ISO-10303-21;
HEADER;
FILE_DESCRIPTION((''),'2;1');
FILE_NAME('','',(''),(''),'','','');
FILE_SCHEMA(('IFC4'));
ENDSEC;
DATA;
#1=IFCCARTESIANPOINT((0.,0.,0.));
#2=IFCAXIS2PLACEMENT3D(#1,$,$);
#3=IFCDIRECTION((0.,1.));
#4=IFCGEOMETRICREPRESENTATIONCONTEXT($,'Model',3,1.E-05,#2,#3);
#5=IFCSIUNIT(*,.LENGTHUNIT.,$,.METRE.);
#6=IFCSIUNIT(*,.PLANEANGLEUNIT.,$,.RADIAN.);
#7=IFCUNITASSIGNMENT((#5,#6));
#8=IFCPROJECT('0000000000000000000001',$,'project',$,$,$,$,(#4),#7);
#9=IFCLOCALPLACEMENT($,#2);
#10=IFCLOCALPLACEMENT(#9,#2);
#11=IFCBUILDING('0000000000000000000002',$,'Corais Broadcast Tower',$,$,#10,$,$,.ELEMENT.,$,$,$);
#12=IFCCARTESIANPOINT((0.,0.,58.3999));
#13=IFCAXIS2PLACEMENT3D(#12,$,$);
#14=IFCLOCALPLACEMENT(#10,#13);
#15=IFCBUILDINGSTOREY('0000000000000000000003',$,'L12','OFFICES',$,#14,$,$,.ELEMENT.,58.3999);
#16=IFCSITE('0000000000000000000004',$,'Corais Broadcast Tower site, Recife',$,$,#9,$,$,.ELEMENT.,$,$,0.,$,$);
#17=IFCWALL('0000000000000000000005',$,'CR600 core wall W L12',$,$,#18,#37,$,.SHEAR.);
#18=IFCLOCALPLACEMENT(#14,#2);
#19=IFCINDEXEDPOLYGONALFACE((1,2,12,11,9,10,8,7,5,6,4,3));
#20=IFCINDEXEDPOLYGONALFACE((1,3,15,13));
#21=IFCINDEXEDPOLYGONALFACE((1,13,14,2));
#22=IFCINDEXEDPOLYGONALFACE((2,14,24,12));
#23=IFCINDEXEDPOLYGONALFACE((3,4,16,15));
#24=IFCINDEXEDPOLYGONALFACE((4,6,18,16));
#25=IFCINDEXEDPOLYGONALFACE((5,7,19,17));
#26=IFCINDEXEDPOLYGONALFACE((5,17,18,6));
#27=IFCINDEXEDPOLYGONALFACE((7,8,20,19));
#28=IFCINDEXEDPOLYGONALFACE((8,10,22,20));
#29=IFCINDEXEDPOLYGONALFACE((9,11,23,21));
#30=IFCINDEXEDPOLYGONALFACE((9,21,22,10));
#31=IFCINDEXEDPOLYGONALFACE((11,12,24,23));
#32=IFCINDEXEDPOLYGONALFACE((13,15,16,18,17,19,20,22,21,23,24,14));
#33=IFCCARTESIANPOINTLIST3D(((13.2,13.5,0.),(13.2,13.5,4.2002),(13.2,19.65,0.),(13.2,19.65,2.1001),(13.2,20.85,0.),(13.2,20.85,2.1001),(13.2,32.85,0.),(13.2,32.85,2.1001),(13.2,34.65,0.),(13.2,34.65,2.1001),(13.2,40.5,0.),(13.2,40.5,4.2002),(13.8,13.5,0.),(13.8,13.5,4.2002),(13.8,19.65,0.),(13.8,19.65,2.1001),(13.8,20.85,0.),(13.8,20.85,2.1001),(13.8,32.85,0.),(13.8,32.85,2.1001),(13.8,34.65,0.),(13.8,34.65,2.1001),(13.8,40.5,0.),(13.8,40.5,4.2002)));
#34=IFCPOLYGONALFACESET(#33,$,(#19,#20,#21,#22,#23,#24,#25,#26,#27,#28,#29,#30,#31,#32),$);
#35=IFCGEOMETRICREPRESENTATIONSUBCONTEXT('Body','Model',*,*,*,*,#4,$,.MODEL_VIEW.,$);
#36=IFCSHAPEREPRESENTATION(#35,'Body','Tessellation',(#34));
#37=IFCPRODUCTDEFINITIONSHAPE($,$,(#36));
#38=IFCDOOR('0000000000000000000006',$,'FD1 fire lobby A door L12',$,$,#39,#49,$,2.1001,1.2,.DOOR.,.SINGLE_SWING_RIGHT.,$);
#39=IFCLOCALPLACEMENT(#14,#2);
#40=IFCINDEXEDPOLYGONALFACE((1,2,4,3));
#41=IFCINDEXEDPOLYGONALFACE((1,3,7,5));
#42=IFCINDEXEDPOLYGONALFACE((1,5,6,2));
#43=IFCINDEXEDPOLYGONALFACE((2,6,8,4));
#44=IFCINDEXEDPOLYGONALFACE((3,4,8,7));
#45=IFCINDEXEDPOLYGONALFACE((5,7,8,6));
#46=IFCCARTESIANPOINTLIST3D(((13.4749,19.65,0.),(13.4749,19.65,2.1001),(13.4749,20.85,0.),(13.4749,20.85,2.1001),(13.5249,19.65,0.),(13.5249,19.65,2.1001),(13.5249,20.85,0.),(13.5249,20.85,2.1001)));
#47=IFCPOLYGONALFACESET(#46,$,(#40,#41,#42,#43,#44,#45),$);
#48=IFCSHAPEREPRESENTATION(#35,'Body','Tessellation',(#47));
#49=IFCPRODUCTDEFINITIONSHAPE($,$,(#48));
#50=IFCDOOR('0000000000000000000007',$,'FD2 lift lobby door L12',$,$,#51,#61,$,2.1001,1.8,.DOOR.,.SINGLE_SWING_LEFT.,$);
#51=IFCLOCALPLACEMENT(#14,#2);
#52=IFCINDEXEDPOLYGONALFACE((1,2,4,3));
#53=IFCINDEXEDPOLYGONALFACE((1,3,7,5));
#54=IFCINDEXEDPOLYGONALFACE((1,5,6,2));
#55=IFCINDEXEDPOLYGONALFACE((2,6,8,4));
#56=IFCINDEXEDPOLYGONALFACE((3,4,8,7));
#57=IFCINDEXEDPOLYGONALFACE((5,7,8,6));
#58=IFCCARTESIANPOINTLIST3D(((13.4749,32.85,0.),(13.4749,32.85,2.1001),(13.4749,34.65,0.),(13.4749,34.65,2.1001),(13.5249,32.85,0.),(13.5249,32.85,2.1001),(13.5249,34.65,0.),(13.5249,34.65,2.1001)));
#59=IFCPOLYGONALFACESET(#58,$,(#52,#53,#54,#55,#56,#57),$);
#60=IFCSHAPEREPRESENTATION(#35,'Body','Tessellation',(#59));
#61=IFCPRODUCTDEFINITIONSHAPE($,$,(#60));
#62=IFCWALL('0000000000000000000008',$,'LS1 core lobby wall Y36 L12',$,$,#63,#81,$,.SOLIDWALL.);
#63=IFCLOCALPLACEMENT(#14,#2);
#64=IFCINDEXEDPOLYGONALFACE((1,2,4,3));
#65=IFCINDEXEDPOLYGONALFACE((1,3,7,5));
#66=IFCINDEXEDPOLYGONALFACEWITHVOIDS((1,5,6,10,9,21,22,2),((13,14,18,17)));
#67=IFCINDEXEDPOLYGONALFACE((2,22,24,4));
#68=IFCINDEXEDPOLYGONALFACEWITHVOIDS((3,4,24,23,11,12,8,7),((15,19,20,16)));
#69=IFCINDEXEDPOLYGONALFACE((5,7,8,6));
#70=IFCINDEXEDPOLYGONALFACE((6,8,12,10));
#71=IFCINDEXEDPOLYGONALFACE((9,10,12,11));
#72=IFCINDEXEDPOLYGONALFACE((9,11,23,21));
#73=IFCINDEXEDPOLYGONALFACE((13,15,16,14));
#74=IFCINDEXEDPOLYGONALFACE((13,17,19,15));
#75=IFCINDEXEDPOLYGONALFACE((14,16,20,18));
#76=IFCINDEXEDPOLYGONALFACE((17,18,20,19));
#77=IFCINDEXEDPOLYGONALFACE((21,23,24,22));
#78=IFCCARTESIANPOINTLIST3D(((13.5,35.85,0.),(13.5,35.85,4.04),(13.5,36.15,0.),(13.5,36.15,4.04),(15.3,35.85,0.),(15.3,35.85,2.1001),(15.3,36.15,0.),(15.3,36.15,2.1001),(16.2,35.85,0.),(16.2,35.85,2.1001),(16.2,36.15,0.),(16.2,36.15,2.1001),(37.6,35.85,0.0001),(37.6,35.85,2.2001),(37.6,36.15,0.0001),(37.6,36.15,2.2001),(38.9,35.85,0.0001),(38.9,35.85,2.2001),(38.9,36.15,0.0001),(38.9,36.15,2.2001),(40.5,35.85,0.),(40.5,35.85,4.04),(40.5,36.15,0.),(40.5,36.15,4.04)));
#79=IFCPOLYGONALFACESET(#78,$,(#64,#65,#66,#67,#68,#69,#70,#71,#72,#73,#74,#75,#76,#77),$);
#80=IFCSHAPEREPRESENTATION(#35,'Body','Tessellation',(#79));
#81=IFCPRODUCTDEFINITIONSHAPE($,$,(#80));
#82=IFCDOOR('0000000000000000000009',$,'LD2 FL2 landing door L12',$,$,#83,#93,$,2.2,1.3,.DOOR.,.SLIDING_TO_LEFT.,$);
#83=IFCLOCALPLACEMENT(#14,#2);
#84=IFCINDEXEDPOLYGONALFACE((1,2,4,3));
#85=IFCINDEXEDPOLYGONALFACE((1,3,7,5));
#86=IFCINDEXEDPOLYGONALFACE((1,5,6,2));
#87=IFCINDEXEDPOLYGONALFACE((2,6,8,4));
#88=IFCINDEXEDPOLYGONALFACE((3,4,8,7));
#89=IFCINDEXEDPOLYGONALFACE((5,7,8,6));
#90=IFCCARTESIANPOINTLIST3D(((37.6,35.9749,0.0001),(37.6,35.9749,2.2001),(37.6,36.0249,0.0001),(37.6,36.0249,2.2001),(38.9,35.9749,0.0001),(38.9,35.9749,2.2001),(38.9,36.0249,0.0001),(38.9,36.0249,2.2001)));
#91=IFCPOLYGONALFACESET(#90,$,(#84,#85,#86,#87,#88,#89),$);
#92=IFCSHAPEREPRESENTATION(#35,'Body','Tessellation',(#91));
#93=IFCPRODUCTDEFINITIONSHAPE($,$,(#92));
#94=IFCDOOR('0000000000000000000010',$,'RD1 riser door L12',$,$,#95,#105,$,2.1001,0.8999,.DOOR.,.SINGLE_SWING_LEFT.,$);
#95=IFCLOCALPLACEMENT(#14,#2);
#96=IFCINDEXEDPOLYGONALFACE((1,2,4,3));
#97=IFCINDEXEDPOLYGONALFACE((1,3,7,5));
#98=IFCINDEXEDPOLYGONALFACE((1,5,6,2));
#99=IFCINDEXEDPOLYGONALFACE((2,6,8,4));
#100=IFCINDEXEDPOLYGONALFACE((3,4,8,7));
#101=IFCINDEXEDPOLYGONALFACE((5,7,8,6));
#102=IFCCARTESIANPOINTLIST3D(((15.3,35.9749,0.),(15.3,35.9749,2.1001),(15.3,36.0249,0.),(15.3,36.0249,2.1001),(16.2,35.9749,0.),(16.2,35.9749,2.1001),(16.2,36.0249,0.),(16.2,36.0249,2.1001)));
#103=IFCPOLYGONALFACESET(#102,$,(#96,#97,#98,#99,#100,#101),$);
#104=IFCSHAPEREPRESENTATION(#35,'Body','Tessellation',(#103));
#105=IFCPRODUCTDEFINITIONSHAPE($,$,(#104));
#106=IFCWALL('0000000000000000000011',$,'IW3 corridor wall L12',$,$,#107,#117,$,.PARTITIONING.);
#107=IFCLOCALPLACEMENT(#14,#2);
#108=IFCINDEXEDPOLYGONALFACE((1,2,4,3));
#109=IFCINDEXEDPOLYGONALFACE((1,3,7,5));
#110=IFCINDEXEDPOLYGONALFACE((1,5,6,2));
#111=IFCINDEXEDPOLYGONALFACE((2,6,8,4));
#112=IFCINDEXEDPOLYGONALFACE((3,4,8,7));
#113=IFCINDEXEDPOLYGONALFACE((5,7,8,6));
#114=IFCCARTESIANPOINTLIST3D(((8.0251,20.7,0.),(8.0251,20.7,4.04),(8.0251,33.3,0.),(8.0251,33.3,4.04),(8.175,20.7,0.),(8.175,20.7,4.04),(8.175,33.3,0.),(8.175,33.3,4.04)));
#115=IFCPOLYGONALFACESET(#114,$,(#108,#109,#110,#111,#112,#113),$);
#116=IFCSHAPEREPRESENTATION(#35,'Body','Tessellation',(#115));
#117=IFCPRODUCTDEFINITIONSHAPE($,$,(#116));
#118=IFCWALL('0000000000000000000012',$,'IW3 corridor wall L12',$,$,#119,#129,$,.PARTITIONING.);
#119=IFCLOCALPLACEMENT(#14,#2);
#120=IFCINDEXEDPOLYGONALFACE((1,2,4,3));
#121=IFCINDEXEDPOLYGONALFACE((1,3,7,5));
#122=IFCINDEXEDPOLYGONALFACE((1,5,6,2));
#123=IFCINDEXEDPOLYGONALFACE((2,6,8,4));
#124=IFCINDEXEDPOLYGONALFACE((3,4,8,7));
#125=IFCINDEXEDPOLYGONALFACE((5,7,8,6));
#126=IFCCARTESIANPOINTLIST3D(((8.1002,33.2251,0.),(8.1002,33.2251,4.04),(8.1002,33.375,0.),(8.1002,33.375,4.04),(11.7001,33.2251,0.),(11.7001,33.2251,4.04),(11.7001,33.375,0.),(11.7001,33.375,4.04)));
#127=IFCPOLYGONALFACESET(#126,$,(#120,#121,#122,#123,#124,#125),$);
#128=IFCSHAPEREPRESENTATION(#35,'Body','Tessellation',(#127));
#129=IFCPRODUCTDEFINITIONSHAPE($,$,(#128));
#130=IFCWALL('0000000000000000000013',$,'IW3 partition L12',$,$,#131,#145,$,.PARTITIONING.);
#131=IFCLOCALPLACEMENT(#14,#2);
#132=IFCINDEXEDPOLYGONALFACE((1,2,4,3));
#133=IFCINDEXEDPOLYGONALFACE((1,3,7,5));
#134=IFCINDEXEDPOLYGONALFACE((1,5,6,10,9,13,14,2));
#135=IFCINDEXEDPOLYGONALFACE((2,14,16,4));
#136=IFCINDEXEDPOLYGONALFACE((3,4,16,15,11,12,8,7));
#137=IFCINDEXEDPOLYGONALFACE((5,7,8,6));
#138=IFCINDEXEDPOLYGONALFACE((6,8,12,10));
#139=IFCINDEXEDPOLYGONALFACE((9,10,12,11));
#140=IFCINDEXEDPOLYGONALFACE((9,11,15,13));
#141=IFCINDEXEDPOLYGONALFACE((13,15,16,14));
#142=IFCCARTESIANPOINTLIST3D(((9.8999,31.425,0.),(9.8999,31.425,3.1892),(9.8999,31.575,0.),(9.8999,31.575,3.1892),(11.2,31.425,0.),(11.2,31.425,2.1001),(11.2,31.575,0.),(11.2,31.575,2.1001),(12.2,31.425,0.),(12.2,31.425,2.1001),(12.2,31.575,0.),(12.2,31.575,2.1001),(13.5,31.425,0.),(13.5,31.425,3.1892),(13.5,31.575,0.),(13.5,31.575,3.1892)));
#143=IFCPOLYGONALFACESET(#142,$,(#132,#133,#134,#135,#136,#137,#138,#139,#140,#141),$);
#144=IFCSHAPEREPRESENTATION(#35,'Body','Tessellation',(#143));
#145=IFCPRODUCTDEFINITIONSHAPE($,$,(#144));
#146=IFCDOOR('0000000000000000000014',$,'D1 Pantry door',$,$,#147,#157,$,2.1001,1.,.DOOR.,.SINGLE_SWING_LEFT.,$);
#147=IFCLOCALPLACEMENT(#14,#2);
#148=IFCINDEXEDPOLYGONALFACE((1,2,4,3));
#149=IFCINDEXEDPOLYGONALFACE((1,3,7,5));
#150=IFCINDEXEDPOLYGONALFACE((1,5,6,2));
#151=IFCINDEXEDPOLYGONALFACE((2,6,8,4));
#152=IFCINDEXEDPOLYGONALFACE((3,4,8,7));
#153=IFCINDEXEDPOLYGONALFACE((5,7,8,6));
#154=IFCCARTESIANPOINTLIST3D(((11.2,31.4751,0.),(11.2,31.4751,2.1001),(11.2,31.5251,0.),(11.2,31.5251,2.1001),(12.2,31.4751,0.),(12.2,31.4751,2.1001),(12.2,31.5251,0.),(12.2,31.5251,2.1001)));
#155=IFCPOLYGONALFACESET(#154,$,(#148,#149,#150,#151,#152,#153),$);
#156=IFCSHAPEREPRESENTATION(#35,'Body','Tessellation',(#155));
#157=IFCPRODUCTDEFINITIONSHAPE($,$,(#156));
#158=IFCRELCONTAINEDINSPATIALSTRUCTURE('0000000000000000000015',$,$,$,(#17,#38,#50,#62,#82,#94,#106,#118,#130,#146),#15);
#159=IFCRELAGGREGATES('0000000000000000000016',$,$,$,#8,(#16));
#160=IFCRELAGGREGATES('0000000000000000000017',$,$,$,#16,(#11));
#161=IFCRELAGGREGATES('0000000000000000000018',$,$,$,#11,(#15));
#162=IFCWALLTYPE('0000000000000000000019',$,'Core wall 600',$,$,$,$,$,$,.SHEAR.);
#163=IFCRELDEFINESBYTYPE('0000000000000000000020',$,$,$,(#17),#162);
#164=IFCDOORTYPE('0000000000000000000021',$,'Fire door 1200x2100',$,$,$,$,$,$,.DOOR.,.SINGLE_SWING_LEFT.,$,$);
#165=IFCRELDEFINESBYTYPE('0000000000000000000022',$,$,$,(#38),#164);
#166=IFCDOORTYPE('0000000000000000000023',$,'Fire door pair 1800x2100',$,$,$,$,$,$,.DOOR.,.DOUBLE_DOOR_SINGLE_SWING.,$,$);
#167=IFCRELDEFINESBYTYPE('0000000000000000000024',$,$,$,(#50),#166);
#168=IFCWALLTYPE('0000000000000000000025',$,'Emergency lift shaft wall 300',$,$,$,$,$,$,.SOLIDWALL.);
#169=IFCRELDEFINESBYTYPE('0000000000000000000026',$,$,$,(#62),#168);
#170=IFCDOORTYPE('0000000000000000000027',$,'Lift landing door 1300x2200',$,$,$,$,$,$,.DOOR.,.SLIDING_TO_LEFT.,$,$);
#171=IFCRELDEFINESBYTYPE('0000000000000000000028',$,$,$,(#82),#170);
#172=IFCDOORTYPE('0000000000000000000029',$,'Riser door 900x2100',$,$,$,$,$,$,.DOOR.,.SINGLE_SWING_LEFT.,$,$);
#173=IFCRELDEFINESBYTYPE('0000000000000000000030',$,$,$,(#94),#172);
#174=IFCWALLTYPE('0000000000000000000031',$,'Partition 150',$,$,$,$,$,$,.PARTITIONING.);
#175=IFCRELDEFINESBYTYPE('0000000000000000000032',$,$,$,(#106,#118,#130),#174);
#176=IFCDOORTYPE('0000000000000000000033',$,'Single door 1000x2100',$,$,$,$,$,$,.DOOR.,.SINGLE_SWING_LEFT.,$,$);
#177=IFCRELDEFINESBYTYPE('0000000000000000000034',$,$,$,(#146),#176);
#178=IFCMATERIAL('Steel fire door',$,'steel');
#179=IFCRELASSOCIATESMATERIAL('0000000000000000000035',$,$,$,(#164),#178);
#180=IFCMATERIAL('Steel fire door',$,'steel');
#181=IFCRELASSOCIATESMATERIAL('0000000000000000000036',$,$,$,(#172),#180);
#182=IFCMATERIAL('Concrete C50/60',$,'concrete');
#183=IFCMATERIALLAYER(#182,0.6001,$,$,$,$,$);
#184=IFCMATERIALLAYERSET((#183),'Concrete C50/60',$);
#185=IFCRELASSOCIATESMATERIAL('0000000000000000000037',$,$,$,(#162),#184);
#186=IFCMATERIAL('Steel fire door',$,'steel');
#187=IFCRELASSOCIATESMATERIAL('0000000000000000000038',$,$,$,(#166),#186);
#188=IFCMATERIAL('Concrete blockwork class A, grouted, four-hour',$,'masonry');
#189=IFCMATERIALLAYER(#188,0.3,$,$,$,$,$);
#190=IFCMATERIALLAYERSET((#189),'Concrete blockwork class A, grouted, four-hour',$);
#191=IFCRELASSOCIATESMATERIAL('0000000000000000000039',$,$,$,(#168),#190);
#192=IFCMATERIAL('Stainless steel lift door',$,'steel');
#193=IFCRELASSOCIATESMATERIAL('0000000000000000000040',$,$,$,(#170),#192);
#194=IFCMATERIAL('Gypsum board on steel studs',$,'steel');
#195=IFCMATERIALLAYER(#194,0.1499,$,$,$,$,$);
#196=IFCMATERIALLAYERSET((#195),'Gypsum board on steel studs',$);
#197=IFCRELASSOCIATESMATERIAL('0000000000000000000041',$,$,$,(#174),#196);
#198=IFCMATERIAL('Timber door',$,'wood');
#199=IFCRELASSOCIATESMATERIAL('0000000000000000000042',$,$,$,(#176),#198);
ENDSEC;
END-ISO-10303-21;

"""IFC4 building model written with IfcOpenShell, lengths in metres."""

from ifc_helpers import new_model, si_unit, direction, frame, frame_2d, origin, place, context, subcontext, project, spatial, rectangle, extrude, material, layer, layer_set, type_object, element, fill, save


model = new_model("IFC4")

# Units and contexts
model_context = context("Model", 3, precision=1e-05, world=origin(), true_north=direction((0.0, 1.0)))
body_context = subcontext(model_context, "Body", "Model", "MODEL_VIEW")
ifc_project = project(units=[si_unit("LENGTHUNIT", "METRE"), si_unit("PLANEANGLEUNIT", "RADIAN")], contexts=[model_context])

# Site, building, storey
site_placement = place(None, origin())
site = spatial("IfcSite", under=ifc_project, at=site_placement, Name="Corais Broadcast Tower site, Recife", CompositionType="ELEMENT", RefElevation=0.0)
building_placement = place(site_placement, origin())
building = spatial("IfcBuilding", under=site, at=building_placement, Name="Corais Broadcast Tower", CompositionType="ELEMENT")
storey_placement = place(building_placement, frame((0.0, 0.0, 58.3999)))
storey = spatial("IfcBuildingStorey", under=building, at=storey_placement, Name="L12", Description="OFFICES", CompositionType="ELEMENT", Elevation=58.3999)

# Walls, openings, doors
ifc_material_1 = material(Name="Steel fire door", Category="steel")
door_type_1 = type_object("IfcDoorType", Name="Fire door 1200x2100", OperationType="SINGLE_SWING_LEFT", PredefinedType="DOOR", material=ifc_material_1)
ifc_material_2 = material(Name="Steel fire door", Category="steel")
door_type_2 = type_object("IfcDoorType", Name="Riser door 900x2100", OperationType="SINGLE_SWING_LEFT", PredefinedType="DOOR", material=ifc_material_2)
ifc_material_3 = material(Name="Concrete C50/60", Category="concrete")
ifc_layer_1 = layer(ifc_material_3, 0.6001)
ifc_layer_set_1 = layer_set([ifc_layer_1], Name="Concrete C50/60")
wall_type_1 = type_object("IfcWallType", Name="Core wall 600", PredefinedType="SHEAR", material=ifc_layer_set_1)
wall_1_placement = place(storey_placement, frame((13.5, 40.5, 0.0), z_axis=(0.0, 0.0, 1.0), x_axis=(0.0, -1.0, 0.0)))
wall_1 = element("IfcWall", 1, at=wall_1_placement, inside=storey, type_object=wall_type_1, Name="CR600 core wall W L12", PredefinedType="SHEAR", context=body_context, shape_type="SweptSolid", body=[
    extrude(rectangle(XDim=27.0, YDim=0.6001, at=frame_2d((13.5, 0.0))), origin(), (0.0, 0.0, 1.0), 4.2002),
])
opening_1_placement = place(wall_1_placement, frame((19.6499, 0.0, 0.0)))
opening_1 = element("IfcOpeningElement", 2, at=opening_1_placement, cuts=wall_1, PredefinedType="OPENING", context=body_context, shape_type="SweptSolid", body=[
    extrude(rectangle(XDim=1.2, YDim=2.1001, at=frame_2d((0.6001, 1.05))), frame((0.0, 0.3101, 0.0), z_axis=(0.0, -1.0, 0.0), x_axis=(1.0, 0.0, 0.0)), (0.0, 0.0, 1.0), 0.6201),
])
opening_2_placement = place(wall_1_placement, frame((5.8501, 0.0, 0.0)))
opening_2 = element("IfcOpeningElement", 3, at=opening_2_placement, cuts=wall_1, PredefinedType="OPENING", context=body_context, shape_type="SweptSolid", body=[
    extrude(rectangle(XDim=1.8, YDim=2.1001, at=frame_2d((0.8999, 1.05))), frame((0.0, 0.3101, 0.0), z_axis=(0.0, -1.0, 0.0), x_axis=(1.0, 0.0, 0.0)), (0.0, 0.0, 1.0), 0.6201),
])
door_1_placement = place(opening_1_placement, origin())
door_1 = element("IfcDoor", 4, at=door_1_placement, inside=storey, type_object=door_type_1, Name="FD1 fire lobby A door L12", OperationType="SINGLE_SWING_RIGHT", OverallHeight=2.1001, OverallWidth=1.2, PredefinedType="DOOR", context=body_context, shape_type="SweptSolid", body=[
    extrude(rectangle(XDim=1.2, YDim=2.1001, at=frame_2d((0.6001, 1.05))), frame((0.0, 0.0249, 0.0), z_axis=(0.0, -1.0, 0.0), x_axis=(1.0, 0.0, 0.0)), (0.0, 0.0, 1.0), 0.05),
])
fill(opening_1, door_1)
ifc_material_4 = material(Name="Steel fire door", Category="steel")
door_type_3 = type_object("IfcDoorType", Name="Fire door pair 1800x2100", OperationType="DOUBLE_DOOR_SINGLE_SWING", PredefinedType="DOOR", material=ifc_material_4)
door_2_placement = place(opening_2_placement, origin())
door_2 = element("IfcDoor", 5, at=door_2_placement, inside=storey, type_object=door_type_3, Name="FD2 lift lobby door L12", OperationType="SINGLE_SWING_LEFT", OverallHeight=2.1001, OverallWidth=1.8, PredefinedType="DOOR", context=body_context, shape_type="SweptSolid", body=[
    extrude(rectangle(XDim=1.8, YDim=2.1001, at=frame_2d((0.8999, 1.05))), frame((0.0, 0.0249, 0.0), z_axis=(0.0, -1.0, 0.0), x_axis=(1.0, 0.0, 0.0)), (0.0, 0.0, 1.0), 0.05),
])
fill(opening_2, door_2)
ifc_material_5 = material(Name="Concrete blockwork class A, grouted, four-hour", Category="masonry")
ifc_layer_2 = layer(ifc_material_5, 0.3)
ifc_layer_set_2 = layer_set([ifc_layer_2], Name="Concrete blockwork class A, grouted, four-hour")
wall_type_2 = type_object("IfcWallType", Name="Emergency lift shaft wall 300", PredefinedType="SOLIDWALL", material=ifc_layer_set_2)
wall_2_placement = place(storey_placement, frame((13.5, 36.0, 0.0), z_axis=(0.0, 0.0, 1.0), x_axis=(1.0, 0.0, 0.0)))
wall_2 = element("IfcWall", 6, at=wall_2_placement, inside=storey, type_object=wall_type_2, Name="LS1 core lobby wall Y36 L12", PredefinedType="SOLIDWALL", context=body_context, shape_type="SweptSolid", body=[
    extrude(rectangle(XDim=27.0, YDim=0.3, at=frame_2d((13.5, 0.0))), origin(), (0.0, 0.0, 1.0), 4.04),
])
opening_3_placement = place(wall_2_placement, frame((1.8, 0.0, 0.0)))
opening_3 = element("IfcOpeningElement", 7, at=opening_3_placement, cuts=wall_2, PredefinedType="OPENING", context=body_context, shape_type="SweptSolid", body=[
    extrude(rectangle(XDim=0.8999, YDim=2.1001, at=frame_2d((0.45, 1.05))), frame((0.0, 0.1599, 0.0), z_axis=(0.0, -1.0, 0.0), x_axis=(1.0, 0.0, 0.0)), (0.0, 0.0, 1.0), 0.3201),
])
opening_4_placement = place(wall_2_placement, frame((24.1001, 0.0, 0.0)))
opening_4 = element("IfcOpeningElement", 8, at=opening_4_placement, cuts=wall_2, PredefinedType="OPENING", context=body_context, shape_type="SweptSolid", body=[
    extrude(rectangle(XDim=1.3, YDim=2.2, at=frame_2d((0.6499, 1.1001))), frame((0.0, 0.1599, 0.0), z_axis=(0.0, -1.0, 0.0), x_axis=(1.0, 0.0, 0.0)), (0.0, 0.0, 1.0), 0.3201),
])
ifc_material_6 = material(Name="Stainless steel lift door", Category="steel")
door_type_4 = type_object("IfcDoorType", Name="Lift landing door 1300x2200", OperationType="SLIDING_TO_LEFT", PredefinedType="DOOR", material=ifc_material_6)
door_3_placement = place(opening_4_placement, origin())
door_3 = element("IfcDoor", 9, at=door_3_placement, inside=storey, type_object=door_type_4, Name="LD2 FL2 landing door L12", OperationType="SLIDING_TO_LEFT", OverallHeight=2.2, OverallWidth=1.3, PredefinedType="DOOR", context=body_context, shape_type="SweptSolid", body=[
    extrude(rectangle(XDim=1.3, YDim=2.2, at=frame_2d((0.6499, 1.1001))), frame((0.0, 0.0249, 0.0), z_axis=(0.0, -1.0, 0.0), x_axis=(1.0, 0.0, 0.0)), (0.0, 0.0, 1.0), 0.05),
])
fill(opening_4, door_3)
door_4_placement = place(opening_3_placement, origin())
door_4 = element("IfcDoor", 10, at=door_4_placement, inside=storey, type_object=door_type_2, Name="RD1 riser door L12", OperationType="SINGLE_SWING_LEFT", OverallHeight=2.1001, OverallWidth=0.8999, PredefinedType="DOOR", context=body_context, shape_type="SweptSolid", body=[
    extrude(rectangle(XDim=0.8999, YDim=2.1001, at=frame_2d((0.45, 1.05))), frame((0.0, 0.0249, 0.0), z_axis=(0.0, -1.0, 0.0), x_axis=(1.0, 0.0, 0.0)), (0.0, 0.0, 1.0), 0.05),
])
fill(opening_3, door_4)

# Walls
ifc_material_7 = material(Name="Gypsum board on steel studs", Category="steel")
ifc_layer_3 = layer(ifc_material_7, 0.1499)
ifc_layer_set_3 = layer_set([ifc_layer_3], Name="Gypsum board on steel studs")
wall_type_3 = type_object("IfcWallType", Name="Partition 150", PredefinedType="PARTITIONING", material=ifc_layer_set_3)
wall_3_placement = place(storey_placement, frame((8.1001, 33.3, 0.0), z_axis=(0.0, 0.0, 1.0), x_axis=(0.0, -1.0, 0.0)))
element("IfcWall", 11, at=wall_3_placement, inside=storey, type_object=wall_type_3, Name="IW3 corridor wall L12", PredefinedType="PARTITIONING", context=body_context, shape_type="SweptSolid", body=[
    extrude(rectangle(XDim=12.6001, YDim=0.1499, at=frame_2d((6.3, 0.0))), origin(), (0.0, 0.0, 1.0), 4.04),
])
wall_4_placement = place(storey_placement, frame((11.7, 33.3, 0.0), z_axis=(0.0, 0.0, 1.0), x_axis=(-1.0, 0.0, 0.0)))
element("IfcWall", 12, at=wall_4_placement, inside=storey, type_object=wall_type_3, Name="IW3 corridor wall L12", PredefinedType="PARTITIONING", context=body_context, shape_type="SweptSolid", body=[
    extrude(rectangle(XDim=3.5999, YDim=0.1499, at=frame_2d((1.7998, 0.0))), origin(), (0.0, 0.0, 1.0), 4.04),
])

# Wall, opening, door
wall_5_placement = place(storey_placement, frame((13.5, 31.5, 0.0), z_axis=(0.0, 0.0, 1.0), x_axis=(-1.0, 0.0, 0.0)))
wall_5 = element("IfcWall", 13, at=wall_5_placement, inside=storey, type_object=wall_type_3, Name="IW3 partition L12", PredefinedType="PARTITIONING", context=body_context, shape_type="SweptSolid", body=[
    extrude(rectangle(XDim=3.6001, YDim=0.1499, at=frame_2d((1.8, 0.0))), origin(), (0.0, 0.0, 1.0), 3.1892),
])
opening_5_placement = place(wall_5_placement, frame((1.3, 0.0, 0.0)))
opening_5 = element("IfcOpeningElement", 14, at=opening_5_placement, cuts=wall_5, PredefinedType="OPENING", context=body_context, shape_type="SweptSolid", body=[
    extrude(rectangle(XDim=1.0, YDim=2.1001, at=frame_2d((0.5, 1.05))), frame((0.0, 0.085, 0.0), z_axis=(0.0, -1.0, 0.0), x_axis=(1.0, 0.0, 0.0)), (0.0, 0.0, 1.0), 0.1699),
])
ifc_material_8 = material(Name="Timber door", Category="wood")
door_type_5 = type_object("IfcDoorType", Name="Single door 1000x2100", OperationType="SINGLE_SWING_LEFT", PredefinedType="DOOR", material=ifc_material_8)
door_5_placement = place(opening_5_placement, origin())
door_5 = element("IfcDoor", 15, at=door_5_placement, inside=storey, type_object=door_type_5, Name="D1 Pantry door", OperationType="SINGLE_SWING_LEFT", OverallHeight=2.1001, OverallWidth=1.0, PredefinedType="DOOR", context=body_context, shape_type="SweptSolid", body=[
    extrude(rectangle(XDim=1.0, YDim=2.1001, at=frame_2d((0.5, 1.05))), frame((0.0, 0.0249, 0.0), z_axis=(0.0, -1.0, 0.0), x_axis=(1.0, 0.0, 0.0)), (0.0, 0.0, 1.0), 0.05),
])
fill(opening_5, door_5)

save(model, "model.ifc")
